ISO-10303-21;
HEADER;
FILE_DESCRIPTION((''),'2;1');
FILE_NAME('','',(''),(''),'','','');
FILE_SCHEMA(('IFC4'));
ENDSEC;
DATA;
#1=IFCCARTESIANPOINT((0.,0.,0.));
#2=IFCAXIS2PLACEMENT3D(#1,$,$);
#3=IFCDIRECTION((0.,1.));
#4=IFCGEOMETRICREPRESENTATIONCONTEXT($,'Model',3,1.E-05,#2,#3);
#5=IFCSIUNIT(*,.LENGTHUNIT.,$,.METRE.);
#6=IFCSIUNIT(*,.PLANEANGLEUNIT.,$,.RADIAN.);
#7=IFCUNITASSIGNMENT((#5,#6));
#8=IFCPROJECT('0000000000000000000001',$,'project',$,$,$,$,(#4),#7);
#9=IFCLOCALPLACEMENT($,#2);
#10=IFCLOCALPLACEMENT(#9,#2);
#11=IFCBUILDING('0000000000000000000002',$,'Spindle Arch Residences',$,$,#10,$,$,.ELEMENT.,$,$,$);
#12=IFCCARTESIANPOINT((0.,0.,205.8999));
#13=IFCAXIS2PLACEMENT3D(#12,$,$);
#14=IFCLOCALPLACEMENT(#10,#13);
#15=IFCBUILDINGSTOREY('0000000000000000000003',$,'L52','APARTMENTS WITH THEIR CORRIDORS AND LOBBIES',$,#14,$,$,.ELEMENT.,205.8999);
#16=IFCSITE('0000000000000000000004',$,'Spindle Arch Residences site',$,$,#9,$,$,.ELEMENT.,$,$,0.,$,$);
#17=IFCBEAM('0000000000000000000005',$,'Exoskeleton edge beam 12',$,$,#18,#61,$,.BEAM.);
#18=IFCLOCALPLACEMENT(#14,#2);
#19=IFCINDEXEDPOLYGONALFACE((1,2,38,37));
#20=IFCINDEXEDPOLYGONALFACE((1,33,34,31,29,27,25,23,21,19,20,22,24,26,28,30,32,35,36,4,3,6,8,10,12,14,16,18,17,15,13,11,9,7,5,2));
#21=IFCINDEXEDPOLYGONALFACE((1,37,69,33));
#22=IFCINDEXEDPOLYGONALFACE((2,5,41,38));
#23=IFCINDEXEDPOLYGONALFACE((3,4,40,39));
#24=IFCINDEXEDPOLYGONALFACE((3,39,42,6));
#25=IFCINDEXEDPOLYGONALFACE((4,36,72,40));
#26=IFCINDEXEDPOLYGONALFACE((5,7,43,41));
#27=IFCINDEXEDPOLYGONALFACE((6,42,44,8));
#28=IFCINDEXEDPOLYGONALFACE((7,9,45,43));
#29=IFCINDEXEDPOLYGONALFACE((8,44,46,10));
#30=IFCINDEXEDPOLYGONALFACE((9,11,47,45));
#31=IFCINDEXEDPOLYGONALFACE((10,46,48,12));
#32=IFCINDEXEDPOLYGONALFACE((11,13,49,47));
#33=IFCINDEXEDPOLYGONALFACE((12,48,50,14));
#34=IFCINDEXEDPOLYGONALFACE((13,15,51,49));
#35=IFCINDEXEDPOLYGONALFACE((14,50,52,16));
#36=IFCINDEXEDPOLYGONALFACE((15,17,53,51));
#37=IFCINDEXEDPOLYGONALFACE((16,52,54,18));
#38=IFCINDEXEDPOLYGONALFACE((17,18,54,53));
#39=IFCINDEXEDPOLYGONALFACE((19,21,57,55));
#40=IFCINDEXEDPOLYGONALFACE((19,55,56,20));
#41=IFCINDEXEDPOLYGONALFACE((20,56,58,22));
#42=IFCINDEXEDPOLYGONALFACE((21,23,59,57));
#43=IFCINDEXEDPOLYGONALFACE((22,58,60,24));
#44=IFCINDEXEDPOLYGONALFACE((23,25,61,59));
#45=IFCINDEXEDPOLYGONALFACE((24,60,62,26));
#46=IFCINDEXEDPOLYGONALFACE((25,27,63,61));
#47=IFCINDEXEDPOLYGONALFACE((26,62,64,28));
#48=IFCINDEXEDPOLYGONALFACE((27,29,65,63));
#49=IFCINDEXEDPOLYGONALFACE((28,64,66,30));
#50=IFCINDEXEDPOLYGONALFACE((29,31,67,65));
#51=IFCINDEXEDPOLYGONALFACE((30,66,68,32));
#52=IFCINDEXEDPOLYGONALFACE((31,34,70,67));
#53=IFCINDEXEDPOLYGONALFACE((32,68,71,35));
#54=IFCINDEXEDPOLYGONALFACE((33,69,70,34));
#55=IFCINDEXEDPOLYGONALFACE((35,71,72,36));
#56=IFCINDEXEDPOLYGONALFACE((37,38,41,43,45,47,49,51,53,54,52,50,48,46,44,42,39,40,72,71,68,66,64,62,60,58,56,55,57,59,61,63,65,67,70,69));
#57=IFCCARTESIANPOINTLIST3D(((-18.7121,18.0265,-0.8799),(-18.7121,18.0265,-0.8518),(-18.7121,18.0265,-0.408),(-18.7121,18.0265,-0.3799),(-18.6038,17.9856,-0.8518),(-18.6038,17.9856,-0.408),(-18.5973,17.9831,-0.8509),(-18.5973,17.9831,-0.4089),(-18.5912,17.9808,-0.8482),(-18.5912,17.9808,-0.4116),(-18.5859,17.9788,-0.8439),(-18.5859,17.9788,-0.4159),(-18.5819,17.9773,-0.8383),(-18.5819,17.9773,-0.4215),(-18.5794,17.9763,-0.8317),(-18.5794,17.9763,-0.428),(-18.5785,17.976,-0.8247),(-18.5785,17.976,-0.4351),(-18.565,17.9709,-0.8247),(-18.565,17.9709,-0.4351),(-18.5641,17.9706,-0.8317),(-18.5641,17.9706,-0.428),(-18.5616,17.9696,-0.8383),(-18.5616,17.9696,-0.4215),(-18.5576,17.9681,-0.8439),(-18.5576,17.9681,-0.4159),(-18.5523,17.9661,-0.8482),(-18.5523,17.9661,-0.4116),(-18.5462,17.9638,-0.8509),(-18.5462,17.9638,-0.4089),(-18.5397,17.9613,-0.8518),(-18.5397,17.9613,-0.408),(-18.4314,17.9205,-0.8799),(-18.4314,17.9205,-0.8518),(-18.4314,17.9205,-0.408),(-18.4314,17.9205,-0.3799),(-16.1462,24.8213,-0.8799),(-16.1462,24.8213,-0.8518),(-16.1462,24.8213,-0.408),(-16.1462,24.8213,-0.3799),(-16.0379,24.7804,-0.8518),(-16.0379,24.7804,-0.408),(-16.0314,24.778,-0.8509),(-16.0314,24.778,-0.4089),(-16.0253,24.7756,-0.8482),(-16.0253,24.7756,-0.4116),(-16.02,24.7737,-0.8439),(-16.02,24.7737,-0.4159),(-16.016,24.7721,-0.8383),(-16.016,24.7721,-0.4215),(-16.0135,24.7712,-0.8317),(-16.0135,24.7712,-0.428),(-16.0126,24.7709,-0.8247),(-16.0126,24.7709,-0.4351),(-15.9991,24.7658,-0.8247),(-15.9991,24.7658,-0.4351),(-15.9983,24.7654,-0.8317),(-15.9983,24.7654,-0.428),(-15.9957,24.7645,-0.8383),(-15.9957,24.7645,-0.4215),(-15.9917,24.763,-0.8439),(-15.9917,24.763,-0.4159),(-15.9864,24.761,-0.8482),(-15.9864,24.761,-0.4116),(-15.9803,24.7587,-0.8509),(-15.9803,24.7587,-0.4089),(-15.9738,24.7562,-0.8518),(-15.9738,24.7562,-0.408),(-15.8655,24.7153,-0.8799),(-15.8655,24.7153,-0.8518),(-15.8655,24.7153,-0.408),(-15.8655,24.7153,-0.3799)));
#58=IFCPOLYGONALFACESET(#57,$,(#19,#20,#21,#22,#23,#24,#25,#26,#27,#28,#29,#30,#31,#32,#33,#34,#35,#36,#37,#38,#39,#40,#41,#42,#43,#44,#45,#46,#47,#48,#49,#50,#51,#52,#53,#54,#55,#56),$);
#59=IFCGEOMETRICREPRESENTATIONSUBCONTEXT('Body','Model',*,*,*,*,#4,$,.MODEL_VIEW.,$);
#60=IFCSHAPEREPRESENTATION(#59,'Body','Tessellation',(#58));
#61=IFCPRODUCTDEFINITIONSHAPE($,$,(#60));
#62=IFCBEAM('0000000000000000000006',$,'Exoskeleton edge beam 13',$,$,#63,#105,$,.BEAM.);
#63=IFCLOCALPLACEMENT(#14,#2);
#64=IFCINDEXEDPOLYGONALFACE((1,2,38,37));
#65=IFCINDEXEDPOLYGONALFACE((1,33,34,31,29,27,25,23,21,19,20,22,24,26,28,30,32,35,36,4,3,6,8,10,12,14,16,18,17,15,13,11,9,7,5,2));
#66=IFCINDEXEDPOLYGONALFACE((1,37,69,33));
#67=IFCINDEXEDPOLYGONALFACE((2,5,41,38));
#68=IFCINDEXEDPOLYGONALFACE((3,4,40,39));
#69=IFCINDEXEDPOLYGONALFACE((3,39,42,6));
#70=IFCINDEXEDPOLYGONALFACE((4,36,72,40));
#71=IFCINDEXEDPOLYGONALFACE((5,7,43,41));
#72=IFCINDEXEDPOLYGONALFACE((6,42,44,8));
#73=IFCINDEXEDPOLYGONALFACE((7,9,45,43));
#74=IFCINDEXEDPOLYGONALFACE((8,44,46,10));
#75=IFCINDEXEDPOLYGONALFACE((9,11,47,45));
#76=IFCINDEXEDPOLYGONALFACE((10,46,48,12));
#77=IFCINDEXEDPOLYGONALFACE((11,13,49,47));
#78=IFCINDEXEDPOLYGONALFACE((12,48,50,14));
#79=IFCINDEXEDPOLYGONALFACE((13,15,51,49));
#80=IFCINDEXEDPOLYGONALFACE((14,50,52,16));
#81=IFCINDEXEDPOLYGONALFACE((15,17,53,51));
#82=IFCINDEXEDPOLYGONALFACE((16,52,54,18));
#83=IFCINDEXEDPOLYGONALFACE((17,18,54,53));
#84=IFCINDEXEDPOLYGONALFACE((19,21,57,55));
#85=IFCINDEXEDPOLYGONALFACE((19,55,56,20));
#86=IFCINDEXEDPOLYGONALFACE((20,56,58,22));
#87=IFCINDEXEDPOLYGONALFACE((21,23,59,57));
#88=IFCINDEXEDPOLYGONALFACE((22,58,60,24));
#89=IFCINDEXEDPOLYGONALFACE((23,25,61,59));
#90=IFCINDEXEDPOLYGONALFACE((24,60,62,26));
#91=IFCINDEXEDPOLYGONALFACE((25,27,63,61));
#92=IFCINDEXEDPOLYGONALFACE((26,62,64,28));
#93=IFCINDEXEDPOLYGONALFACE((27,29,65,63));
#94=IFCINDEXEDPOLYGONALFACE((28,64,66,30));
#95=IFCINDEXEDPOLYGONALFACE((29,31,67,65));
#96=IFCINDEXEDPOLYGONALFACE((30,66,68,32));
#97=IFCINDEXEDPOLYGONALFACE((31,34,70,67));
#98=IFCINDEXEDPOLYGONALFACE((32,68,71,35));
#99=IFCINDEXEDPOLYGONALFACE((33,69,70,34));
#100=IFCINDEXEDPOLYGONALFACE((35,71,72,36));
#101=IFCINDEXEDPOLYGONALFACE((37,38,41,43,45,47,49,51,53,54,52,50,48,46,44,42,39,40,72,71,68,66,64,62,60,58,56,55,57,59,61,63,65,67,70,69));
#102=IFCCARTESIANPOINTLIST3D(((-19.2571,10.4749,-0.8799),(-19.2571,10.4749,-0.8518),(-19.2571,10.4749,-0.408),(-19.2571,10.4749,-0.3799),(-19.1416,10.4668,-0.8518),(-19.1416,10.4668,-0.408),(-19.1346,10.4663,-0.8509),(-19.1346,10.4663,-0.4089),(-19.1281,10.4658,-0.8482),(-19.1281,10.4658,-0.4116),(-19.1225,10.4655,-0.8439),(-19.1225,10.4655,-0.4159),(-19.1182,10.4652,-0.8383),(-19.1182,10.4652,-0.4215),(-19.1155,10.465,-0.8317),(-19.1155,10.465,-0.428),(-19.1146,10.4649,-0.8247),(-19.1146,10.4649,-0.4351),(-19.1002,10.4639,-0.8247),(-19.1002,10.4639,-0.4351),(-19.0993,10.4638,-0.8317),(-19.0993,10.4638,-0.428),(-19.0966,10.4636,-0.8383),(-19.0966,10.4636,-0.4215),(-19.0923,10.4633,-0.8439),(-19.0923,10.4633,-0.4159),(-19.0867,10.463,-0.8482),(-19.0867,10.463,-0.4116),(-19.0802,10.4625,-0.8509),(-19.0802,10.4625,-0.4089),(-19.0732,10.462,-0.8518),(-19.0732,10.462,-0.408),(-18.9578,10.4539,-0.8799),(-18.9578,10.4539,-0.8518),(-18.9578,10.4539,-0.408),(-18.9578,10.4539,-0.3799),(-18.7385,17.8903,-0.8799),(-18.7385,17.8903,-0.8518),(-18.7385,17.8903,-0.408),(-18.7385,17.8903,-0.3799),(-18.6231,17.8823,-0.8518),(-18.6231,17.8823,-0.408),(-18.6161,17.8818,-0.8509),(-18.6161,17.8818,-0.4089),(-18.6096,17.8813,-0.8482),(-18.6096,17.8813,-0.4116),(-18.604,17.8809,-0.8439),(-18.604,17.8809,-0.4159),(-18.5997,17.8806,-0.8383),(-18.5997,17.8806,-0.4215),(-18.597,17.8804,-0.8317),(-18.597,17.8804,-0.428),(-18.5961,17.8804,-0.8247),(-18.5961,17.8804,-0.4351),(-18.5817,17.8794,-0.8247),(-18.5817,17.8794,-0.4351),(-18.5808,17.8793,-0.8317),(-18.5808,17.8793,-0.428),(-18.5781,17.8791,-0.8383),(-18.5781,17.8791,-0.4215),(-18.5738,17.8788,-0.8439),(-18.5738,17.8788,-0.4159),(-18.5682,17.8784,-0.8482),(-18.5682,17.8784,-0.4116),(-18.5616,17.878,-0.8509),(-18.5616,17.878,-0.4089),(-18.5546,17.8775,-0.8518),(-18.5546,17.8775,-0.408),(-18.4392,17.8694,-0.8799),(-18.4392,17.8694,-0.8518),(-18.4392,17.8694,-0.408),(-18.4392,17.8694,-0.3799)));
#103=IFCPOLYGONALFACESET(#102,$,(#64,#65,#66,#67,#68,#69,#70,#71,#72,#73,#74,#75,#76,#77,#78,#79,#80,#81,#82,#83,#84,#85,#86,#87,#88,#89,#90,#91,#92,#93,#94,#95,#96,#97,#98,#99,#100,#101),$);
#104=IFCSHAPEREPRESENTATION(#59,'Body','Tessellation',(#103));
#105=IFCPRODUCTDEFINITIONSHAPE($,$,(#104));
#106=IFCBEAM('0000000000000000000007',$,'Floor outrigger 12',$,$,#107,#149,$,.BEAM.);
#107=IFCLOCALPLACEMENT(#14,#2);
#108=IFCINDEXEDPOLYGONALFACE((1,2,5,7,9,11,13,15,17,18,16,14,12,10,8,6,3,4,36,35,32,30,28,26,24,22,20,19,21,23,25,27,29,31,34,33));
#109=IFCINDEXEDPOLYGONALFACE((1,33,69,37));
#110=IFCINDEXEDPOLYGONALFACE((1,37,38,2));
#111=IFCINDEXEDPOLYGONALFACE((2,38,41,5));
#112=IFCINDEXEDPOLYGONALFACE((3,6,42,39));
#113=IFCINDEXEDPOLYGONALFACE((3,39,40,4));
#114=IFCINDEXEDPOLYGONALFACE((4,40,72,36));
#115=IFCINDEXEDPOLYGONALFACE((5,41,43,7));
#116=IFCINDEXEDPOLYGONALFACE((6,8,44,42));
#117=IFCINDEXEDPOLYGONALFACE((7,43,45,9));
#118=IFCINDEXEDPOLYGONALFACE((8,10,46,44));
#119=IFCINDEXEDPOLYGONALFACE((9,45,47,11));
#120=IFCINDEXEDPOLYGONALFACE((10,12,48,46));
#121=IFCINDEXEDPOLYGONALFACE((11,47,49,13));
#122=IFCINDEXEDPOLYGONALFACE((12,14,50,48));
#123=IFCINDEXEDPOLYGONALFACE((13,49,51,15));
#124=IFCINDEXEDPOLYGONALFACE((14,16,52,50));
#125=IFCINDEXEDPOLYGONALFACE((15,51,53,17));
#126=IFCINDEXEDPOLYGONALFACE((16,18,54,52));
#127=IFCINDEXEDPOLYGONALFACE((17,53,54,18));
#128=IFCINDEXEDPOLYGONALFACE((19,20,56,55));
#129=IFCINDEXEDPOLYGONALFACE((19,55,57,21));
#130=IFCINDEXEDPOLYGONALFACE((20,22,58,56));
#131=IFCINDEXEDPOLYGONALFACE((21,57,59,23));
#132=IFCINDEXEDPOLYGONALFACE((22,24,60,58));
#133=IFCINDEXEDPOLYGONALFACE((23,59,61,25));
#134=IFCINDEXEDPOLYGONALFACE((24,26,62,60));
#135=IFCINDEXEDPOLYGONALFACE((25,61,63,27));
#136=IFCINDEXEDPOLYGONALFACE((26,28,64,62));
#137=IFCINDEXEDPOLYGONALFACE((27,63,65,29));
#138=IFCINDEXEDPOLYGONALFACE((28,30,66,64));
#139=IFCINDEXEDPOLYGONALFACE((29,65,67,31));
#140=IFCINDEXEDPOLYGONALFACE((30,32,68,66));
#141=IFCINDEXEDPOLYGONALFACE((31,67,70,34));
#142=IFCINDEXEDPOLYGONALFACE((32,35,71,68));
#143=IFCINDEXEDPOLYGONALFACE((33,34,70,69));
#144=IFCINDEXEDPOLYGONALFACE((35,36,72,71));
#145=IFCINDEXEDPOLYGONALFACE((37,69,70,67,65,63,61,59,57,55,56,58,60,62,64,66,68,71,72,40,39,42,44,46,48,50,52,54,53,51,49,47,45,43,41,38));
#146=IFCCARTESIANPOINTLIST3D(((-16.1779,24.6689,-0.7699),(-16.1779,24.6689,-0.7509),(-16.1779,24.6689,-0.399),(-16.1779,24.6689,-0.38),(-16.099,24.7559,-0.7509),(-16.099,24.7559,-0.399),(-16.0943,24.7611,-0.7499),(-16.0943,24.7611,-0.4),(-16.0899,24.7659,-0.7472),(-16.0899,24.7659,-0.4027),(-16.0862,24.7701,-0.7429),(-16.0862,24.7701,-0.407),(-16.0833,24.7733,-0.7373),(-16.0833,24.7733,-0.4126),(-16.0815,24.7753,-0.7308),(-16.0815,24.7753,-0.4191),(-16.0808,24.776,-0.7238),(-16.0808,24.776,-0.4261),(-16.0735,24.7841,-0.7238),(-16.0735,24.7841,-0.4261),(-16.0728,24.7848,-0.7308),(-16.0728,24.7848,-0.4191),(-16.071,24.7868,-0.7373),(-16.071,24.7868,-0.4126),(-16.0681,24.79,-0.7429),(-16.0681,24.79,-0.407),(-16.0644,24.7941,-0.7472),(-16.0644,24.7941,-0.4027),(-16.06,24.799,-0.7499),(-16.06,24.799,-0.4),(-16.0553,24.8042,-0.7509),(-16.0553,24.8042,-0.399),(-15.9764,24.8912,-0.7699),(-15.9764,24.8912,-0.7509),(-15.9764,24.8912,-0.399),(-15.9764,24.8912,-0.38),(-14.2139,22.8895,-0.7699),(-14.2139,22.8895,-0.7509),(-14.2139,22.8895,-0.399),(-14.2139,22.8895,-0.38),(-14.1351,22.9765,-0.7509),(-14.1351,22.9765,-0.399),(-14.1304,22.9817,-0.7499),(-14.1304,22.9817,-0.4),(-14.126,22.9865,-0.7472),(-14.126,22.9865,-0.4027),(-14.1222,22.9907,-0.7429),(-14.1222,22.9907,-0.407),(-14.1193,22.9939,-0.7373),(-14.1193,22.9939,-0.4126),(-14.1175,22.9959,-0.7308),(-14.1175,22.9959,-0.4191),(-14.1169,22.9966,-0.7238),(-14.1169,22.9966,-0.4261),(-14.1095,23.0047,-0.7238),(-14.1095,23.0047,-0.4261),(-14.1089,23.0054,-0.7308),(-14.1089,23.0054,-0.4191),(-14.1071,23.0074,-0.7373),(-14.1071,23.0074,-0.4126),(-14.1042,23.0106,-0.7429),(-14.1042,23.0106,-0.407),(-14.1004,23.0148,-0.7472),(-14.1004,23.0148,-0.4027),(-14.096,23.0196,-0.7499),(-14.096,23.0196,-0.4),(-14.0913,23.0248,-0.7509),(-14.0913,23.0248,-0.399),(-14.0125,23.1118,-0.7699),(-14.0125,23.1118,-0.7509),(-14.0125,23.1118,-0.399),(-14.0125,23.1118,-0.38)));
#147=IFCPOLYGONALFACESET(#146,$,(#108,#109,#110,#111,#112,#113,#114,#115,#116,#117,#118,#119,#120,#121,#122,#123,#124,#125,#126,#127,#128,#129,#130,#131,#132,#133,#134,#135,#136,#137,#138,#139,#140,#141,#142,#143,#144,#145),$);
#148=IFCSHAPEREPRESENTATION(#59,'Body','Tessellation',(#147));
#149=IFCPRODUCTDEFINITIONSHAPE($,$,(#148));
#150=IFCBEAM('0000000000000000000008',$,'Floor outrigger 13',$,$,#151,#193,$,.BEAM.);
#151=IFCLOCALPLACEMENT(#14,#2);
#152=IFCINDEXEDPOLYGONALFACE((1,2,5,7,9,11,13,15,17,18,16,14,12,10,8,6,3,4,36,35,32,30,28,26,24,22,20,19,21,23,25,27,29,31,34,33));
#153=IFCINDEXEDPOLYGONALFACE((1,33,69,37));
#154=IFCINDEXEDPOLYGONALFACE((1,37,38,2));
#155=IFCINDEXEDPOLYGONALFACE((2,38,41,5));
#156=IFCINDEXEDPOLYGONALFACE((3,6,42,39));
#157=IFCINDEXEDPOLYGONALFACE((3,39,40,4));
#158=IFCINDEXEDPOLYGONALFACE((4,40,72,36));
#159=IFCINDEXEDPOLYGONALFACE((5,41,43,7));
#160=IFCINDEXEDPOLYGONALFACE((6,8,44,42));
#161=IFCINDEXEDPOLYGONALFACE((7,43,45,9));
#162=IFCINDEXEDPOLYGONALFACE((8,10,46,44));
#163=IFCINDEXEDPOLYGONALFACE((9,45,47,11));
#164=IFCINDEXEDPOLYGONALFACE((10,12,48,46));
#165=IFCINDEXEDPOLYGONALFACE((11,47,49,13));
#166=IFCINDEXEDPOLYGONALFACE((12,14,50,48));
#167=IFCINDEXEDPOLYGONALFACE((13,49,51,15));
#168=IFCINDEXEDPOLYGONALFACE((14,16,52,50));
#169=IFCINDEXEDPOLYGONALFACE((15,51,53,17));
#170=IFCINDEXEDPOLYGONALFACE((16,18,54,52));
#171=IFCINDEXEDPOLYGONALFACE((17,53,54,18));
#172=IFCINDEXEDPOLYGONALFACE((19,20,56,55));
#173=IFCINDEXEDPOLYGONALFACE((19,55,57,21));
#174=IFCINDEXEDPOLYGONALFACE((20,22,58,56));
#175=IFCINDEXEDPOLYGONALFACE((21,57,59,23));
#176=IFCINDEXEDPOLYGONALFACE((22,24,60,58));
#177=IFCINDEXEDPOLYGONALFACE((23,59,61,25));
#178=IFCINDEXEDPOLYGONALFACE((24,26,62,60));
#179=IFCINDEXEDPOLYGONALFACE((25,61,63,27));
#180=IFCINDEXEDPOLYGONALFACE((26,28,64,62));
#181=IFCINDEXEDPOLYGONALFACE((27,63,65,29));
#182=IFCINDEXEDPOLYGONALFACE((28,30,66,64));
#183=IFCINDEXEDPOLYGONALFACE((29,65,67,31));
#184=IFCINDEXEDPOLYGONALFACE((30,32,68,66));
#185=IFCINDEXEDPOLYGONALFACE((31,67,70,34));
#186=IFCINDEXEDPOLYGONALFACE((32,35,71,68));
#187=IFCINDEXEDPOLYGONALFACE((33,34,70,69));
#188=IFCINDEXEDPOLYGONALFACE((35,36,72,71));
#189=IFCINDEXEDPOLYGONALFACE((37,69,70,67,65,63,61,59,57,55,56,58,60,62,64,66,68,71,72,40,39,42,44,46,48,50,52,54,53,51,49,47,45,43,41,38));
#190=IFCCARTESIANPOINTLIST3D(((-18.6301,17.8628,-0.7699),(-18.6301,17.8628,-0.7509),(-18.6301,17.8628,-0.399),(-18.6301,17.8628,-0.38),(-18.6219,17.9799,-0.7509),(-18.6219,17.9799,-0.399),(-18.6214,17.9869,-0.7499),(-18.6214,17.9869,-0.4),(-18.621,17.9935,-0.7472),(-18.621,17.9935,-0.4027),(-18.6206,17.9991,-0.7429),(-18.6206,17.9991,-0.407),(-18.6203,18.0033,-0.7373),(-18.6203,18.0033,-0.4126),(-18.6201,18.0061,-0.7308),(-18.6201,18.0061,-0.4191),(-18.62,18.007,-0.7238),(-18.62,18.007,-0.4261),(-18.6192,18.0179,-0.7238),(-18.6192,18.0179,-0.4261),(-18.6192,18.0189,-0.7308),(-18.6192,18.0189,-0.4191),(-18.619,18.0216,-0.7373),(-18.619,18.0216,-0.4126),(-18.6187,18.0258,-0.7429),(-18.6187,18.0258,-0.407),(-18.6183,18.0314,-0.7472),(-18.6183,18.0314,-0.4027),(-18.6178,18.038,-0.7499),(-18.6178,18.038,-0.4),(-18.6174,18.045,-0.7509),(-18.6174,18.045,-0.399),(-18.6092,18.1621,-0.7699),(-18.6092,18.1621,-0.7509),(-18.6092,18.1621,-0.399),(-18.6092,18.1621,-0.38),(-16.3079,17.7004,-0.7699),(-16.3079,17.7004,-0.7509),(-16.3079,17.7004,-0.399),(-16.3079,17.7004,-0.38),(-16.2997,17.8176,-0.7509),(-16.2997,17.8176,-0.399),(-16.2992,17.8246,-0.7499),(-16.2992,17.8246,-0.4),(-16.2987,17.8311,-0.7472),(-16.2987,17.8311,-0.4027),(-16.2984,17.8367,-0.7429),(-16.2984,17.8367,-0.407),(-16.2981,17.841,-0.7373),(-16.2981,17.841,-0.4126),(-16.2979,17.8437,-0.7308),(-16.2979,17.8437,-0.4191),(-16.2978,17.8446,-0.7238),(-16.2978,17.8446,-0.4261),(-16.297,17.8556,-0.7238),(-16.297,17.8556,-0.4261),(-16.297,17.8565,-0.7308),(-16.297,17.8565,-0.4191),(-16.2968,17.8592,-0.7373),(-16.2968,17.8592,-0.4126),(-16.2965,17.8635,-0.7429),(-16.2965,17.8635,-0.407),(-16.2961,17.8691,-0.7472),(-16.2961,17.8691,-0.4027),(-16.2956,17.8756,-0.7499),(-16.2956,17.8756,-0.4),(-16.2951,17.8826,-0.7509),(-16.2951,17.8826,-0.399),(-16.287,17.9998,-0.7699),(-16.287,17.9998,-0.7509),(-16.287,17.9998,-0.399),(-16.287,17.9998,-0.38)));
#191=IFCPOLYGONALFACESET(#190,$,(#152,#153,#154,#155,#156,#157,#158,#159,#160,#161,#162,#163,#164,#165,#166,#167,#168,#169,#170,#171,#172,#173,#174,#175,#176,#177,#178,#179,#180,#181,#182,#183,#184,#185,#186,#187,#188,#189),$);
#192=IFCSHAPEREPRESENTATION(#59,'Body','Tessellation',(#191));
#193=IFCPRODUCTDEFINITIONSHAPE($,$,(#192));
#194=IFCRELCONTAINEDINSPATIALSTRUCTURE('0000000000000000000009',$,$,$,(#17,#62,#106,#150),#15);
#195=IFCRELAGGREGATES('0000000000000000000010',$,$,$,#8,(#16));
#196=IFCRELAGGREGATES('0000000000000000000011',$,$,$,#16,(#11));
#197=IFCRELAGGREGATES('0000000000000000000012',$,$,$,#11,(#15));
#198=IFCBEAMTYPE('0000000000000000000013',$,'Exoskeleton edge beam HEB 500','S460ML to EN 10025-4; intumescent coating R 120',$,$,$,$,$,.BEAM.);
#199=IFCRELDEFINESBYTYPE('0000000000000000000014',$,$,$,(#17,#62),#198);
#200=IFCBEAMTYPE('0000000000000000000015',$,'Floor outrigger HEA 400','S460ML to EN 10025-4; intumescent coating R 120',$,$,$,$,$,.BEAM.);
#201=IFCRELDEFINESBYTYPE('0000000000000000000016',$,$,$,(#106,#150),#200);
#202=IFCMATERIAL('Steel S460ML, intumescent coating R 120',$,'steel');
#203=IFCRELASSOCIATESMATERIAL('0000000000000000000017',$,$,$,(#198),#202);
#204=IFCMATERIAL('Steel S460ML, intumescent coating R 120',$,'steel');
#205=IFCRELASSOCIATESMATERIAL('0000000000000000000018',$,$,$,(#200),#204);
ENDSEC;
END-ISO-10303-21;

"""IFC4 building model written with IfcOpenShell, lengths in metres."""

from ifc_helpers import new_model, si_unit, direction, frame, origin, origin_2d, place, context, subcontext, project, spatial, i_section, extrude, material, material_profile, profile_set, type_object, element, save


model = new_model("IFC4")

# Units and contexts
model_context = context("Model", 3, precision=1e-05, world=origin(), true_north=direction((0.0, 1.0)))
body_context = subcontext(model_context, "Body", "Model", "MODEL_VIEW")
ifc_project = project(units=[si_unit("LENGTHUNIT", "METRE"), si_unit("PLANEANGLEUNIT", "RADIAN")], contexts=[model_context])

# Site, building, storey
site_placement = place(None, origin())
site = spatial("IfcSite", under=ifc_project, at=site_placement, Name="Spindle Arch Residences site", CompositionType="ELEMENT", RefElevation=0.0)
building_placement = place(site_placement, origin())
building = spatial("IfcBuilding", under=site, at=building_placement, Name="Spindle Arch Residences", CompositionType="ELEMENT")
storey_placement = place(building_placement, frame((0.0, 0.0, 205.8999)))
storey = spatial("IfcBuildingStorey", under=building, at=storey_placement, Name="L52", Description="APARTMENTS WITH THEIR CORRIDORS AND LOBBIES", CompositionType="ELEMENT", Elevation=205.8999)

# Beams
ifc_material_1 = material(Name="Steel S460ML, intumescent coating R 120", Category="steel")
ifc_material_profile_1 = material_profile(ifc_material_1, i_section(OverallWidth=0.3, OverallDepth=0.5, WebThickness=0.0144, FlangeThickness=0.0281, FilletRadius=0.0271, at=origin_2d()), Name="HEB 500")
ifc_profile_set_1 = profile_set([ifc_material_profile_1], Name="Steel S460ML, intumescent coating R 120")
beam_type_1 = type_object("IfcBeamType", Name="Exoskeleton edge beam HEB 500", Description="S460ML to EN 10025-4; intumescent coating R 120", PredefinedType="BEAM", material=ifc_profile_set_1)
beam_1_placement = place(storey_placement, frame((-16.0059, 24.7683, -0.6299), z_axis=(-0.353274, -0.93552, 0.0), x_axis=(0.93552, -0.353274, 0.0)))
element("IfcBeam", 1, at=beam_1_placement, inside=storey, type_object=beam_type_1, Name="Exoskeleton edge beam 12", PredefinedType="BEAM", context=body_context, shape_type="SweptSolid", body=[
    extrude(i_section(OverallWidth=0.3, OverallDepth=0.5, WebThickness=0.0144, FlangeThickness=0.0281, FilletRadius=0.0271, at=origin_2d()), origin(), (0.0, 0.0, 1.0), 7.2632),
])
beam_2_placement = place(storey_placement, frame((-18.5889, 17.8799, -0.6299), z_axis=(-0.069758, -0.997564, 0.0), x_axis=(0.997564, -0.069758, 0.0)))
element("IfcBeam", 2, at=beam_2_placement, inside=storey, type_object=beam_type_1, Name="Exoskeleton edge beam 13", PredefinedType="BEAM", context=body_context, shape_type="SweptSolid", body=[
    extrude(i_section(OverallWidth=0.3, OverallDepth=0.5, WebThickness=0.0144, FlangeThickness=0.0281, FilletRadius=0.0271, at=origin_2d()), origin(), (0.0, 0.0, 1.0), 7.4336),
])
ifc_material_2 = material(Name="Steel S460ML, intumescent coating R 120", Category="steel")
ifc_material_profile_2 = material_profile(ifc_material_2, i_section(OverallWidth=0.3, OverallDepth=0.3899, WebThickness=0.011, FlangeThickness=0.019, FilletRadius=0.0271, at=origin_2d()), Name="HEA 400")
ifc_profile_set_2 = profile_set([ifc_material_profile_2], Name="Steel S460ML, intumescent coating R 120")
beam_type_2 = type_object("IfcBeamType", Name="Floor outrigger HEA 400", Description="S460ML to EN 10025-4; intumescent coating R 120", PredefinedType="BEAM", material=ifc_profile_set_2)
beam_3_placement = place(storey_placement, frame((-16.0771, 24.78, -0.575), z_axis=(0.741073, -0.671425, 0.0), x_axis=(0.671425, 0.741073, 0.0)))
element("IfcBeam", 3, at=beam_3_placement, inside=storey, type_object=beam_type_2, Name="Floor outrigger 12", PredefinedType="BEAM", context=body_context, shape_type="SweptSolid", body=[
    extrude(i_section(OverallWidth=0.3, OverallDepth=0.3899, WebThickness=0.011, FlangeThickness=0.019, FilletRadius=0.0271, at=origin_2d()), origin(), (0.0, 0.0, 1.0), 2.6501),
])
beam_4_placement = place(storey_placement, frame((-18.6196, 18.0125, -0.575), z_axis=(0.997565, -0.069741, 0.0), x_axis=(0.069741, 0.997565, 0.0)))
element("IfcBeam", 4, at=beam_4_placement, inside=storey, type_object=beam_type_2, Name="Floor outrigger 13", PredefinedType="BEAM", context=body_context, shape_type="SweptSolid", body=[
    extrude(i_section(OverallWidth=0.3, OverallDepth=0.3899, WebThickness=0.011, FlangeThickness=0.019, FilletRadius=0.0271, at=origin_2d()), origin(), (0.0, 0.0, 1.0), 2.3279),
])

save(model, "model.ifc")
